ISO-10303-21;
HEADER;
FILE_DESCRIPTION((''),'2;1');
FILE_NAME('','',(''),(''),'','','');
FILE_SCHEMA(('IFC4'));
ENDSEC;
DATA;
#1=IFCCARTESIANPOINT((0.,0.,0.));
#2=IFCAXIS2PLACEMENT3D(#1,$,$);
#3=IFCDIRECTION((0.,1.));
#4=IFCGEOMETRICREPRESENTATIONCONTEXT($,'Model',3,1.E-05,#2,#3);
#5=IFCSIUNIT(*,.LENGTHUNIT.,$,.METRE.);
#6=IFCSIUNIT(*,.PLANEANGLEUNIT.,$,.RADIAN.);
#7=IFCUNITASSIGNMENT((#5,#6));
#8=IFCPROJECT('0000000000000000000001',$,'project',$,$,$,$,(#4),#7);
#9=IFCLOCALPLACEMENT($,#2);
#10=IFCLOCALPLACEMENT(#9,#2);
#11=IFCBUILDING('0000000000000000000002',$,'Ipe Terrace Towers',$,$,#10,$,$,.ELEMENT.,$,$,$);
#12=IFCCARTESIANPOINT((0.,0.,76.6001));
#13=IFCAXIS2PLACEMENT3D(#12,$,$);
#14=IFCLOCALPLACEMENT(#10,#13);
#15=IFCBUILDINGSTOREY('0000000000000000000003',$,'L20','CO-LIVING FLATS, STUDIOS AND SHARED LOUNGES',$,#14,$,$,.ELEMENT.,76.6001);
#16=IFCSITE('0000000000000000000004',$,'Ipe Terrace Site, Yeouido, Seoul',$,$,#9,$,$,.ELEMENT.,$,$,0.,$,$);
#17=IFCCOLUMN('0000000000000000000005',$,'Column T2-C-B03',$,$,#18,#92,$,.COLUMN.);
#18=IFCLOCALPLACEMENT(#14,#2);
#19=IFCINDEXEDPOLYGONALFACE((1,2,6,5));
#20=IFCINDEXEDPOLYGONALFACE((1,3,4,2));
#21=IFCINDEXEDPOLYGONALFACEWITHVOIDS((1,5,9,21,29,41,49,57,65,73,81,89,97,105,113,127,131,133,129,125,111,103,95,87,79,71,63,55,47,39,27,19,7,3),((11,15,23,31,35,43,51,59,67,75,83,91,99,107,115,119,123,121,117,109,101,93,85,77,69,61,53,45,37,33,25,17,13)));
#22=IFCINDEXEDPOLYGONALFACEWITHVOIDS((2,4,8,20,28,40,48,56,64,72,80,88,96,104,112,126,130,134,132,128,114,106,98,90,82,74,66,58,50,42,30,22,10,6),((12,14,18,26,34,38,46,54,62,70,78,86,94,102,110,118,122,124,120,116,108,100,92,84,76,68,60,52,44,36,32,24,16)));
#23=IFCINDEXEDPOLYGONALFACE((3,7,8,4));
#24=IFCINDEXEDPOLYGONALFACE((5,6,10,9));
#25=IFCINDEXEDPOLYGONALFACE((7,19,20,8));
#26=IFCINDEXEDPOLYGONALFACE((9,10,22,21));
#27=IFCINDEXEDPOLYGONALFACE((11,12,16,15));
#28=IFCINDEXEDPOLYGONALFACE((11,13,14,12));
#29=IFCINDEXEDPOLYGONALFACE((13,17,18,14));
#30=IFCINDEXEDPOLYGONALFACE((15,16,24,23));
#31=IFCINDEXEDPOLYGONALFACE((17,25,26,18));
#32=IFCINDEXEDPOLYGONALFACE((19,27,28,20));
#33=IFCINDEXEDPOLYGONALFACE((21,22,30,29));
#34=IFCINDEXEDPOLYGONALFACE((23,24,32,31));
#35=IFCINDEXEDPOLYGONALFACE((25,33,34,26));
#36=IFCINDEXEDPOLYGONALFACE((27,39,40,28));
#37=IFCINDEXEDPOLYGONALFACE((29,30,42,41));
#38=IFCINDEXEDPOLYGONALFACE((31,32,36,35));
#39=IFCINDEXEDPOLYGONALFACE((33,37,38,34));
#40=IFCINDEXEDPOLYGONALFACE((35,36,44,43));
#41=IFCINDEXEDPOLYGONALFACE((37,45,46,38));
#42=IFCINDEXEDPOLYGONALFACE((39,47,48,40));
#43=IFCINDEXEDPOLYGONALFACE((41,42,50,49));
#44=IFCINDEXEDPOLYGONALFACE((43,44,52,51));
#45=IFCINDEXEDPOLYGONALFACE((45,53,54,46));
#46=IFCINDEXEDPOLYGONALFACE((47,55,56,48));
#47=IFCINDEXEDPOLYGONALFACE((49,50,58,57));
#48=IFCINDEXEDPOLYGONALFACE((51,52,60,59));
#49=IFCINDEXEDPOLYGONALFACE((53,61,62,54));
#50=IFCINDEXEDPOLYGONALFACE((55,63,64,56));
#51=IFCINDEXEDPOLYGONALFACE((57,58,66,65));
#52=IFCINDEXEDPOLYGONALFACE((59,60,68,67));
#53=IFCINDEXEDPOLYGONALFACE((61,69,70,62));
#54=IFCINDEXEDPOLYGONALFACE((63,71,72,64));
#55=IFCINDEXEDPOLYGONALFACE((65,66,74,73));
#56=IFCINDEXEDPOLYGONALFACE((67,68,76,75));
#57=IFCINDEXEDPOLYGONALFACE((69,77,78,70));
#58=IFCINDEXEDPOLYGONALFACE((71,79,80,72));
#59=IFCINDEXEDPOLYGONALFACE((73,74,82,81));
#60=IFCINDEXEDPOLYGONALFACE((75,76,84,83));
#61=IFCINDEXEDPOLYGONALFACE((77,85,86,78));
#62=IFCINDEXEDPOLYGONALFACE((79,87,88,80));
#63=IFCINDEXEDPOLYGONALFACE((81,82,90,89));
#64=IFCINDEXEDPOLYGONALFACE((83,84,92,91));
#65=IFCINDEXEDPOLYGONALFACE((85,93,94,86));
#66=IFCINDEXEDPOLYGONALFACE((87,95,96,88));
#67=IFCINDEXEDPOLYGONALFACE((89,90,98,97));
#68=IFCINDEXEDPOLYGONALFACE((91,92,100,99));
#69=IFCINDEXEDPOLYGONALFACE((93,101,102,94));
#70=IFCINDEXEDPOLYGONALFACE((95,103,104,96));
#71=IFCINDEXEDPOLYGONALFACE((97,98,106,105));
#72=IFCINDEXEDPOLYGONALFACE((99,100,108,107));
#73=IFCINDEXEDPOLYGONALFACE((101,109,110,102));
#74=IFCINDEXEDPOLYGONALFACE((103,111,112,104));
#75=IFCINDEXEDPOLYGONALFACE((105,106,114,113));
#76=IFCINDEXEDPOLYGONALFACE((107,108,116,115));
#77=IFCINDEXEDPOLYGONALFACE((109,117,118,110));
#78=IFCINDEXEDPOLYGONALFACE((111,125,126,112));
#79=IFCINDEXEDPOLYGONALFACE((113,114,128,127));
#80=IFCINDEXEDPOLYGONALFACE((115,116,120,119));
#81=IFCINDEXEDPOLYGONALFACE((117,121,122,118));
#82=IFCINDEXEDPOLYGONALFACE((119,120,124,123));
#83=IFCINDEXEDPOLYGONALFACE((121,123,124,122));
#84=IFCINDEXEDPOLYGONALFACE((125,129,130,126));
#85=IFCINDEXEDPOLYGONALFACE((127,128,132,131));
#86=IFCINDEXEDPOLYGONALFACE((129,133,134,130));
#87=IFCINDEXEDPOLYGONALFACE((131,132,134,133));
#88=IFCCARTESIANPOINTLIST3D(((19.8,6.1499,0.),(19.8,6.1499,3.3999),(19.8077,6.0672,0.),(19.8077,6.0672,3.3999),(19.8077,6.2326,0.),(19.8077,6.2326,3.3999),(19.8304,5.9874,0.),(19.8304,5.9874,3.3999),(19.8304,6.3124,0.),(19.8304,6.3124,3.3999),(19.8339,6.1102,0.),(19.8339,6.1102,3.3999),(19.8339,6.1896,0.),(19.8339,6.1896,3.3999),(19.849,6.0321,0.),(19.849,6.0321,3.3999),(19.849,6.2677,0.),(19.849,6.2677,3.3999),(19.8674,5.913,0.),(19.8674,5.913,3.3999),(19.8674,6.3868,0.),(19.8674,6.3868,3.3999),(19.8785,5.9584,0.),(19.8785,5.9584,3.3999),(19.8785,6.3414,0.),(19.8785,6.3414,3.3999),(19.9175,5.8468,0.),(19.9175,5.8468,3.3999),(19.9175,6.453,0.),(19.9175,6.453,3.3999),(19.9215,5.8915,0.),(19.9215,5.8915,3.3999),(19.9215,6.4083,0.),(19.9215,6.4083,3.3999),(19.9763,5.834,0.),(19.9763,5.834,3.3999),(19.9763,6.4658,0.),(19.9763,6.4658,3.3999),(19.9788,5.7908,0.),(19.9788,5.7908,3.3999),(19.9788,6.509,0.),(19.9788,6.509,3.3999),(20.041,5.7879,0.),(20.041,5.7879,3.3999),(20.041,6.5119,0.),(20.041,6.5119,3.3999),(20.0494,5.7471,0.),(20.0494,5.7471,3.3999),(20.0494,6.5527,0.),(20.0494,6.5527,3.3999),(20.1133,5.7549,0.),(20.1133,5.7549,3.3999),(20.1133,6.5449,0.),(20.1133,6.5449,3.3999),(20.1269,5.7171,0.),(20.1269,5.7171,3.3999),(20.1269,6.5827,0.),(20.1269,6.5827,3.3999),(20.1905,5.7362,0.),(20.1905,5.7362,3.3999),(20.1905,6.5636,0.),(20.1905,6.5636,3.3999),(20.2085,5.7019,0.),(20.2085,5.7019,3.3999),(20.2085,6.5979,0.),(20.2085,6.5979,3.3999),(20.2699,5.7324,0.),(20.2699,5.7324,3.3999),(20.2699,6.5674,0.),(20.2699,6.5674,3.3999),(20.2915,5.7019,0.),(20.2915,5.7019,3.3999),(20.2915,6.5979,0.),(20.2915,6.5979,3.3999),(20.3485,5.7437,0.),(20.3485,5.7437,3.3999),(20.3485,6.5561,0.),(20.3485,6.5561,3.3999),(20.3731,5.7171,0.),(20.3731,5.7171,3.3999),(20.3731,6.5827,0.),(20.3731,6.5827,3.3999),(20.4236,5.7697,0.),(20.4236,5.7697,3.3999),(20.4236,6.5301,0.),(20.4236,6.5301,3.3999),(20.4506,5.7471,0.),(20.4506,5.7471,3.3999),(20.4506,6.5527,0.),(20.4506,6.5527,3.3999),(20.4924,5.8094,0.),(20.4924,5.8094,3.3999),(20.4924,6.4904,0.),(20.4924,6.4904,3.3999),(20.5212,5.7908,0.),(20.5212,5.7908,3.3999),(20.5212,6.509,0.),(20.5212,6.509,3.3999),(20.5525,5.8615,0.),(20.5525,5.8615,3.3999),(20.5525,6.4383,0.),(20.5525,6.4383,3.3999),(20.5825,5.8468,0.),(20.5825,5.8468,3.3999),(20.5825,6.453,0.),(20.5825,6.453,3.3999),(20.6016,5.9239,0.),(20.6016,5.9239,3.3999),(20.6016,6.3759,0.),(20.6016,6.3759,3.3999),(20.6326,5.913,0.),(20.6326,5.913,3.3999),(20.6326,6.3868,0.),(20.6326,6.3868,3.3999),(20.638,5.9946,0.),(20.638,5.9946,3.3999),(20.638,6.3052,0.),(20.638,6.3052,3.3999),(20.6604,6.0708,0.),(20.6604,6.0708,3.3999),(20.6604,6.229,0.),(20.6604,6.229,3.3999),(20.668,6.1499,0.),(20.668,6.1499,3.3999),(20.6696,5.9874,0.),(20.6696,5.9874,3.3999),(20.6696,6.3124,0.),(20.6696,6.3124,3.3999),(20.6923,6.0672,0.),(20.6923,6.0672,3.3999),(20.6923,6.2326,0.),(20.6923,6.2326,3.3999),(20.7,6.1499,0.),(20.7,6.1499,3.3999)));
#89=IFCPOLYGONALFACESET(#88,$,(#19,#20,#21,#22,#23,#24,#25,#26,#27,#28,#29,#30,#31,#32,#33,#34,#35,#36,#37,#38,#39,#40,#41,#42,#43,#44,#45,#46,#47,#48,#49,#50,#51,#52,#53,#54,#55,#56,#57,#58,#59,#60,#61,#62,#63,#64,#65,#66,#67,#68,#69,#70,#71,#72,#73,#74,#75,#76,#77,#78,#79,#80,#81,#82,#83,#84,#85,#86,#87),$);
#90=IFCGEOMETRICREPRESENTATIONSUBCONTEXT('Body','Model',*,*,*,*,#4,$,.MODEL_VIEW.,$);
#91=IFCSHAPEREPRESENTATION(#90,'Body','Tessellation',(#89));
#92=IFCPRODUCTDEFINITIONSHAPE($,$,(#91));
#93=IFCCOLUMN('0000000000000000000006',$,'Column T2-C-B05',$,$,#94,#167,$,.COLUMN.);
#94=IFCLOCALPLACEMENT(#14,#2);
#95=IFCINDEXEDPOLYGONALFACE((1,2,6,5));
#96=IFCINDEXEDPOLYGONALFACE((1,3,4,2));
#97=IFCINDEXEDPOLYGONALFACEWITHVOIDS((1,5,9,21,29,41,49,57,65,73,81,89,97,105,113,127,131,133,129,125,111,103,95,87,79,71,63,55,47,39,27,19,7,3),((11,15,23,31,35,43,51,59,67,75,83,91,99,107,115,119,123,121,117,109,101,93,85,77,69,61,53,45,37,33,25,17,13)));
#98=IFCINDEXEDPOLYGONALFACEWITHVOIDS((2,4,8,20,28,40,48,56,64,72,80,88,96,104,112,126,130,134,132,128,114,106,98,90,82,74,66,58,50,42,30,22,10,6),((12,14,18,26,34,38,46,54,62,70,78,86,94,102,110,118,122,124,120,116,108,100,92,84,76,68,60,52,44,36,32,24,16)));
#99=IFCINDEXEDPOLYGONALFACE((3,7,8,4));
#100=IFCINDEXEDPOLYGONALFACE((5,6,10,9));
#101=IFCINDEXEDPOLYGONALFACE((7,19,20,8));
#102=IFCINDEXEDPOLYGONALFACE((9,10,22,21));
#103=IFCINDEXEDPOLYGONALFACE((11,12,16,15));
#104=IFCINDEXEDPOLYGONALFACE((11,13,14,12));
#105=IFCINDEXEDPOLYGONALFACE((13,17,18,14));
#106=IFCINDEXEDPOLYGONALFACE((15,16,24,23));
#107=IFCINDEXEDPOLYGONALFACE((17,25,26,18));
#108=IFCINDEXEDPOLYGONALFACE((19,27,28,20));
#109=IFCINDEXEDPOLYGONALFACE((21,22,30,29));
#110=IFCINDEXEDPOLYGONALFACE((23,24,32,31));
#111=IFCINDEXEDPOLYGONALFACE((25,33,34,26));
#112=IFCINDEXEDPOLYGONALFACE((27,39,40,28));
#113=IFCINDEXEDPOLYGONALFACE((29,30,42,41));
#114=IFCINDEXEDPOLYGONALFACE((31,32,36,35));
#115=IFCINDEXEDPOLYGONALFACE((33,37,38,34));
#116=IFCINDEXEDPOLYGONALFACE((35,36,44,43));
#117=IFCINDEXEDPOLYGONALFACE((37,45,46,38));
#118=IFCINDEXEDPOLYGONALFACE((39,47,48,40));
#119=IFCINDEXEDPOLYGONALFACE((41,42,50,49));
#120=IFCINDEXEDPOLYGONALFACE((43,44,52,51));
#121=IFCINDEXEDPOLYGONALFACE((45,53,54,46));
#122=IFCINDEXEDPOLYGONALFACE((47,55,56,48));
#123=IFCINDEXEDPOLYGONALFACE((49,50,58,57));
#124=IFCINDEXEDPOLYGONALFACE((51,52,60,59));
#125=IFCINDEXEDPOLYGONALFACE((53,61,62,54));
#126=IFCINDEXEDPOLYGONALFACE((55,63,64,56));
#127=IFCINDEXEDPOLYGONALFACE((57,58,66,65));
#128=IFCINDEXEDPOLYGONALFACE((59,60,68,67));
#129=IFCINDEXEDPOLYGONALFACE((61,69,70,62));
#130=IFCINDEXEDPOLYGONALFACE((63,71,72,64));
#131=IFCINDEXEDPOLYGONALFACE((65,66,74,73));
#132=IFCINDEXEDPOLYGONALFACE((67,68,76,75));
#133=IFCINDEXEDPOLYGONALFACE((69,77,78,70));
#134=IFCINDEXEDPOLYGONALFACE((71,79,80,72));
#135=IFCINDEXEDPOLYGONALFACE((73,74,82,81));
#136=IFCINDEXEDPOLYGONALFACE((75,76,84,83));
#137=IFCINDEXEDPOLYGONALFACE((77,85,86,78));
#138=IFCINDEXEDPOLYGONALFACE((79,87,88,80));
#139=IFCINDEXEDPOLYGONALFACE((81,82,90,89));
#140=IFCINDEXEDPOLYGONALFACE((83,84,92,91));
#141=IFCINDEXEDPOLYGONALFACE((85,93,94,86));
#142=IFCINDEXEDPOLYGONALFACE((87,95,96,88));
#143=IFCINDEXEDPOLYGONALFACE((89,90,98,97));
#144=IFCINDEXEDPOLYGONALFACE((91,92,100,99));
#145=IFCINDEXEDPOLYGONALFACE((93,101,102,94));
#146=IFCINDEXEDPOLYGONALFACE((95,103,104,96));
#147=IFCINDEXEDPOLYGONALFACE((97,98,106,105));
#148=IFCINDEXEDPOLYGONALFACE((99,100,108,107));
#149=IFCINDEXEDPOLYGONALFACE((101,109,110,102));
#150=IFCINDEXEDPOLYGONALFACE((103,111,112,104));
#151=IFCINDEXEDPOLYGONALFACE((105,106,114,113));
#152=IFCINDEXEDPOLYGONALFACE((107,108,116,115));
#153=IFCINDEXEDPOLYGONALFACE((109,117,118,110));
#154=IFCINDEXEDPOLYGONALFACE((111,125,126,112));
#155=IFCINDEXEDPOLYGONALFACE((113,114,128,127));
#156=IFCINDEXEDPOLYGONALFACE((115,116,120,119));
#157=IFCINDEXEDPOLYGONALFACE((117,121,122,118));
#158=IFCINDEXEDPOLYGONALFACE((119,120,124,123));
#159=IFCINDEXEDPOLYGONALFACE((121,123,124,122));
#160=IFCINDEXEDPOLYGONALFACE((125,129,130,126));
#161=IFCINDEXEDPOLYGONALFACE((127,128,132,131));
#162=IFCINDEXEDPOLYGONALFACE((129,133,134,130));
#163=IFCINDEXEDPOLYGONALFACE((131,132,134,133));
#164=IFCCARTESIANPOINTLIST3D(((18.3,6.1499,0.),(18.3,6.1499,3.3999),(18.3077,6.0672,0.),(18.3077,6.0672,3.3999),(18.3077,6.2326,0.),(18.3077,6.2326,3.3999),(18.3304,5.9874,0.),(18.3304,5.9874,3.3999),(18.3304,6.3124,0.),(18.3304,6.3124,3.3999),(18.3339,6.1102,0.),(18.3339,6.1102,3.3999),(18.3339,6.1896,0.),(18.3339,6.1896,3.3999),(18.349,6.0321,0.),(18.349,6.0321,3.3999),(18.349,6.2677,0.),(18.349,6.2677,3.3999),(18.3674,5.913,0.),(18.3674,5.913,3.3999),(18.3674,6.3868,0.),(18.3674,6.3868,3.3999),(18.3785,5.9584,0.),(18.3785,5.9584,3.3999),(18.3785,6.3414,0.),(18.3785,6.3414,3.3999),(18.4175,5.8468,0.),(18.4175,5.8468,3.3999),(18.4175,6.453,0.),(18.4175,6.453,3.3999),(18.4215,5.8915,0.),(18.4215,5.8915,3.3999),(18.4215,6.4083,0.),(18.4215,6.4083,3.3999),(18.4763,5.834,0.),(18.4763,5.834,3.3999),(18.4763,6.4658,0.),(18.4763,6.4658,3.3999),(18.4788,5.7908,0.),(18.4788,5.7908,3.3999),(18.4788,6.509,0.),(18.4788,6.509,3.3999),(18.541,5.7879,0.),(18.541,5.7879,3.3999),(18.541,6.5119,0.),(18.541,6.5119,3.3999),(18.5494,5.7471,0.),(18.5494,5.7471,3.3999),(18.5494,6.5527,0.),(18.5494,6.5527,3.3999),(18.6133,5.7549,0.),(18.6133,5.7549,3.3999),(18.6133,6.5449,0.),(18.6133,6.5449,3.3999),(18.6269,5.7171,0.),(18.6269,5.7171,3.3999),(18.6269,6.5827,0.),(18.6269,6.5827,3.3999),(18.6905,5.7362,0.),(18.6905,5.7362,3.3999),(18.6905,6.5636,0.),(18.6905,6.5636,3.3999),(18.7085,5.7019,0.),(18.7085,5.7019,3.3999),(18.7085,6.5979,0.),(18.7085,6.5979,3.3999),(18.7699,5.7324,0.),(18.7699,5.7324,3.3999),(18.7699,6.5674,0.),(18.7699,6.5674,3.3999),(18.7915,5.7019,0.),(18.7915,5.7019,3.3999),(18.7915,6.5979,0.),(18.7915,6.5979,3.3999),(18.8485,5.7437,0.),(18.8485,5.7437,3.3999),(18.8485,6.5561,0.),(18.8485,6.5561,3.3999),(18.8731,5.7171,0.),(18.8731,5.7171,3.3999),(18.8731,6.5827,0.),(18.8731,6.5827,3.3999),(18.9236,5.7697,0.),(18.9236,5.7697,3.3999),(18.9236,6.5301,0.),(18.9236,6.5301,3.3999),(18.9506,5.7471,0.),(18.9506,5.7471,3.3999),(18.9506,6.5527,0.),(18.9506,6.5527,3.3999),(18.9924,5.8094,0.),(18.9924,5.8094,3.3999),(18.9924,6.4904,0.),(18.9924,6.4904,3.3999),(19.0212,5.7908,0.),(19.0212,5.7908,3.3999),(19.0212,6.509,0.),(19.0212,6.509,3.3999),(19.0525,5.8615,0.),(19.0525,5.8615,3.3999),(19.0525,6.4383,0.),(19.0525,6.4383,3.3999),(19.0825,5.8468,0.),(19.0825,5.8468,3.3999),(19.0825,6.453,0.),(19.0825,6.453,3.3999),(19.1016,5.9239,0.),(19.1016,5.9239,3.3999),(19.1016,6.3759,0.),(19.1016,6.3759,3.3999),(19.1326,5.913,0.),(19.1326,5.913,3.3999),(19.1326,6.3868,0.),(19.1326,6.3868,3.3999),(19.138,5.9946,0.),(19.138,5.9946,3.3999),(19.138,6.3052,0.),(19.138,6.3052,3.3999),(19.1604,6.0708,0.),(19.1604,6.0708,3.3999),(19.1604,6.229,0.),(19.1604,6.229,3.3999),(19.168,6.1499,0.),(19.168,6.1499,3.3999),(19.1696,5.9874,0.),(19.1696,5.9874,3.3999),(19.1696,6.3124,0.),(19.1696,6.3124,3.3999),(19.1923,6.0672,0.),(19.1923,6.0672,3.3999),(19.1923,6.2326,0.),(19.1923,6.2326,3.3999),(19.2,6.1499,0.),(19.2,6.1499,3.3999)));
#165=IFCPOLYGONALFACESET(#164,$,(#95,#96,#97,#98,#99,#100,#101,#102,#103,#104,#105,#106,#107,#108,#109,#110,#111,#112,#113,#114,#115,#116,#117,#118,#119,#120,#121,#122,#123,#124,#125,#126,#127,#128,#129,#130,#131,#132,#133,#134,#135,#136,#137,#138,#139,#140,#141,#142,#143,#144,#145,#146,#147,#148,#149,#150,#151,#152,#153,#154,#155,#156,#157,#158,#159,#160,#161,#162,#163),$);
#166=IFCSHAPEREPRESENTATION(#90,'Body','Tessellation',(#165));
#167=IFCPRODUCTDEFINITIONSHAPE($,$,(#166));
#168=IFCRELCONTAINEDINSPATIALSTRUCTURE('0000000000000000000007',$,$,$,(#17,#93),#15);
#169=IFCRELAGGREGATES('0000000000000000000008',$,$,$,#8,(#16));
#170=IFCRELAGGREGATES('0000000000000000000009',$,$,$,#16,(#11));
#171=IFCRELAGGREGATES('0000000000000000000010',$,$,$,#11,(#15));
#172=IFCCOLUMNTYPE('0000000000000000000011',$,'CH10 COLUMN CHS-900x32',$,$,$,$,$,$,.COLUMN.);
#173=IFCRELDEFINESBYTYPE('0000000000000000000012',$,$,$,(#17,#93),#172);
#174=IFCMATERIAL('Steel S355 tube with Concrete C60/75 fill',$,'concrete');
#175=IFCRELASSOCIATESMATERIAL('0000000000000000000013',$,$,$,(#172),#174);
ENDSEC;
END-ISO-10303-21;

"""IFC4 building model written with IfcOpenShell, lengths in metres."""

from ifc_helpers import new_model, si_unit, direction, frame, origin, origin_2d, place, context, subcontext, project, spatial, hollow_circle, extrude, material, material_profile, profile_set, type_object, element, save


model = new_model("IFC4")

# Units and contexts
model_context = context("Model", 3, precision=1e-05, world=origin(), true_north=direction((0.0, 1.0)))
body_context = subcontext(model_context, "Body", "Model", "MODEL_VIEW")
ifc_project = project(units=[si_unit("LENGTHUNIT", "METRE"), si_unit("PLANEANGLEUNIT", "RADIAN")], contexts=[model_context])

# Site, building, storey
site_placement = place(None, origin())
site = spatial("IfcSite", under=ifc_project, at=site_placement, Name="Ipe Terrace Site, Yeouido, Seoul", CompositionType="ELEMENT", RefElevation=0.0)
building_placement = place(site_placement, origin())
building = spatial("IfcBuilding", under=site, at=building_placement, Name="Ipe Terrace Towers", CompositionType="ELEMENT")
storey_placement = place(building_placement, frame((0.0, 0.0, 76.6001)))
storey = spatial("IfcBuildingStorey", under=building, at=storey_placement, Name="L20", Description="CO-LIVING FLATS, STUDIOS AND SHARED LOUNGES", CompositionType="ELEMENT", Elevation=76.6001)

# Columns
ifc_material_1 = material(Name="Steel S355 tube with Concrete C60/75 fill", Category="concrete")
ifc_material_profile_1 = material_profile(ifc_material_1, hollow_circle(Radius=0.45, WallThickness=0.032, at=origin_2d()), Name="CHS-900x32")
ifc_profile_set_1 = profile_set([ifc_material_profile_1], Name="Steel S355 tube with Concrete C60/75 fill")
column_type = type_object("IfcColumnType", Name="CH10 COLUMN CHS-900x32", PredefinedType="COLUMN", material=ifc_profile_set_1)
for number, where, z_axis, x_axis, name in (
    (1, (20.25, 6.1499, 0.0), (0.0, 0.0, 1.0), (1.0, 0.0, 0.0), "Column T2-C-B03"),
    (2, (18.75, 6.1499, 0.0), (0.0, 0.0, 1.0), (1.0, 0.0, 0.0), "Column T2-C-B05"),
):
    element("IfcColumn", number, at=place(storey_placement, frame(where, z_axis=z_axis, x_axis=x_axis)), inside=storey, type_object=column_type, Name=name, PredefinedType="COLUMN", context=body_context, shape_type="SweptSolid", body=[
        extrude(hollow_circle(Radius=0.45, WallThickness=0.032, at=origin_2d()), origin(), (0.0, 0.0, 1.0), 3.3999),
    ])

save(model, "model.ifc")
